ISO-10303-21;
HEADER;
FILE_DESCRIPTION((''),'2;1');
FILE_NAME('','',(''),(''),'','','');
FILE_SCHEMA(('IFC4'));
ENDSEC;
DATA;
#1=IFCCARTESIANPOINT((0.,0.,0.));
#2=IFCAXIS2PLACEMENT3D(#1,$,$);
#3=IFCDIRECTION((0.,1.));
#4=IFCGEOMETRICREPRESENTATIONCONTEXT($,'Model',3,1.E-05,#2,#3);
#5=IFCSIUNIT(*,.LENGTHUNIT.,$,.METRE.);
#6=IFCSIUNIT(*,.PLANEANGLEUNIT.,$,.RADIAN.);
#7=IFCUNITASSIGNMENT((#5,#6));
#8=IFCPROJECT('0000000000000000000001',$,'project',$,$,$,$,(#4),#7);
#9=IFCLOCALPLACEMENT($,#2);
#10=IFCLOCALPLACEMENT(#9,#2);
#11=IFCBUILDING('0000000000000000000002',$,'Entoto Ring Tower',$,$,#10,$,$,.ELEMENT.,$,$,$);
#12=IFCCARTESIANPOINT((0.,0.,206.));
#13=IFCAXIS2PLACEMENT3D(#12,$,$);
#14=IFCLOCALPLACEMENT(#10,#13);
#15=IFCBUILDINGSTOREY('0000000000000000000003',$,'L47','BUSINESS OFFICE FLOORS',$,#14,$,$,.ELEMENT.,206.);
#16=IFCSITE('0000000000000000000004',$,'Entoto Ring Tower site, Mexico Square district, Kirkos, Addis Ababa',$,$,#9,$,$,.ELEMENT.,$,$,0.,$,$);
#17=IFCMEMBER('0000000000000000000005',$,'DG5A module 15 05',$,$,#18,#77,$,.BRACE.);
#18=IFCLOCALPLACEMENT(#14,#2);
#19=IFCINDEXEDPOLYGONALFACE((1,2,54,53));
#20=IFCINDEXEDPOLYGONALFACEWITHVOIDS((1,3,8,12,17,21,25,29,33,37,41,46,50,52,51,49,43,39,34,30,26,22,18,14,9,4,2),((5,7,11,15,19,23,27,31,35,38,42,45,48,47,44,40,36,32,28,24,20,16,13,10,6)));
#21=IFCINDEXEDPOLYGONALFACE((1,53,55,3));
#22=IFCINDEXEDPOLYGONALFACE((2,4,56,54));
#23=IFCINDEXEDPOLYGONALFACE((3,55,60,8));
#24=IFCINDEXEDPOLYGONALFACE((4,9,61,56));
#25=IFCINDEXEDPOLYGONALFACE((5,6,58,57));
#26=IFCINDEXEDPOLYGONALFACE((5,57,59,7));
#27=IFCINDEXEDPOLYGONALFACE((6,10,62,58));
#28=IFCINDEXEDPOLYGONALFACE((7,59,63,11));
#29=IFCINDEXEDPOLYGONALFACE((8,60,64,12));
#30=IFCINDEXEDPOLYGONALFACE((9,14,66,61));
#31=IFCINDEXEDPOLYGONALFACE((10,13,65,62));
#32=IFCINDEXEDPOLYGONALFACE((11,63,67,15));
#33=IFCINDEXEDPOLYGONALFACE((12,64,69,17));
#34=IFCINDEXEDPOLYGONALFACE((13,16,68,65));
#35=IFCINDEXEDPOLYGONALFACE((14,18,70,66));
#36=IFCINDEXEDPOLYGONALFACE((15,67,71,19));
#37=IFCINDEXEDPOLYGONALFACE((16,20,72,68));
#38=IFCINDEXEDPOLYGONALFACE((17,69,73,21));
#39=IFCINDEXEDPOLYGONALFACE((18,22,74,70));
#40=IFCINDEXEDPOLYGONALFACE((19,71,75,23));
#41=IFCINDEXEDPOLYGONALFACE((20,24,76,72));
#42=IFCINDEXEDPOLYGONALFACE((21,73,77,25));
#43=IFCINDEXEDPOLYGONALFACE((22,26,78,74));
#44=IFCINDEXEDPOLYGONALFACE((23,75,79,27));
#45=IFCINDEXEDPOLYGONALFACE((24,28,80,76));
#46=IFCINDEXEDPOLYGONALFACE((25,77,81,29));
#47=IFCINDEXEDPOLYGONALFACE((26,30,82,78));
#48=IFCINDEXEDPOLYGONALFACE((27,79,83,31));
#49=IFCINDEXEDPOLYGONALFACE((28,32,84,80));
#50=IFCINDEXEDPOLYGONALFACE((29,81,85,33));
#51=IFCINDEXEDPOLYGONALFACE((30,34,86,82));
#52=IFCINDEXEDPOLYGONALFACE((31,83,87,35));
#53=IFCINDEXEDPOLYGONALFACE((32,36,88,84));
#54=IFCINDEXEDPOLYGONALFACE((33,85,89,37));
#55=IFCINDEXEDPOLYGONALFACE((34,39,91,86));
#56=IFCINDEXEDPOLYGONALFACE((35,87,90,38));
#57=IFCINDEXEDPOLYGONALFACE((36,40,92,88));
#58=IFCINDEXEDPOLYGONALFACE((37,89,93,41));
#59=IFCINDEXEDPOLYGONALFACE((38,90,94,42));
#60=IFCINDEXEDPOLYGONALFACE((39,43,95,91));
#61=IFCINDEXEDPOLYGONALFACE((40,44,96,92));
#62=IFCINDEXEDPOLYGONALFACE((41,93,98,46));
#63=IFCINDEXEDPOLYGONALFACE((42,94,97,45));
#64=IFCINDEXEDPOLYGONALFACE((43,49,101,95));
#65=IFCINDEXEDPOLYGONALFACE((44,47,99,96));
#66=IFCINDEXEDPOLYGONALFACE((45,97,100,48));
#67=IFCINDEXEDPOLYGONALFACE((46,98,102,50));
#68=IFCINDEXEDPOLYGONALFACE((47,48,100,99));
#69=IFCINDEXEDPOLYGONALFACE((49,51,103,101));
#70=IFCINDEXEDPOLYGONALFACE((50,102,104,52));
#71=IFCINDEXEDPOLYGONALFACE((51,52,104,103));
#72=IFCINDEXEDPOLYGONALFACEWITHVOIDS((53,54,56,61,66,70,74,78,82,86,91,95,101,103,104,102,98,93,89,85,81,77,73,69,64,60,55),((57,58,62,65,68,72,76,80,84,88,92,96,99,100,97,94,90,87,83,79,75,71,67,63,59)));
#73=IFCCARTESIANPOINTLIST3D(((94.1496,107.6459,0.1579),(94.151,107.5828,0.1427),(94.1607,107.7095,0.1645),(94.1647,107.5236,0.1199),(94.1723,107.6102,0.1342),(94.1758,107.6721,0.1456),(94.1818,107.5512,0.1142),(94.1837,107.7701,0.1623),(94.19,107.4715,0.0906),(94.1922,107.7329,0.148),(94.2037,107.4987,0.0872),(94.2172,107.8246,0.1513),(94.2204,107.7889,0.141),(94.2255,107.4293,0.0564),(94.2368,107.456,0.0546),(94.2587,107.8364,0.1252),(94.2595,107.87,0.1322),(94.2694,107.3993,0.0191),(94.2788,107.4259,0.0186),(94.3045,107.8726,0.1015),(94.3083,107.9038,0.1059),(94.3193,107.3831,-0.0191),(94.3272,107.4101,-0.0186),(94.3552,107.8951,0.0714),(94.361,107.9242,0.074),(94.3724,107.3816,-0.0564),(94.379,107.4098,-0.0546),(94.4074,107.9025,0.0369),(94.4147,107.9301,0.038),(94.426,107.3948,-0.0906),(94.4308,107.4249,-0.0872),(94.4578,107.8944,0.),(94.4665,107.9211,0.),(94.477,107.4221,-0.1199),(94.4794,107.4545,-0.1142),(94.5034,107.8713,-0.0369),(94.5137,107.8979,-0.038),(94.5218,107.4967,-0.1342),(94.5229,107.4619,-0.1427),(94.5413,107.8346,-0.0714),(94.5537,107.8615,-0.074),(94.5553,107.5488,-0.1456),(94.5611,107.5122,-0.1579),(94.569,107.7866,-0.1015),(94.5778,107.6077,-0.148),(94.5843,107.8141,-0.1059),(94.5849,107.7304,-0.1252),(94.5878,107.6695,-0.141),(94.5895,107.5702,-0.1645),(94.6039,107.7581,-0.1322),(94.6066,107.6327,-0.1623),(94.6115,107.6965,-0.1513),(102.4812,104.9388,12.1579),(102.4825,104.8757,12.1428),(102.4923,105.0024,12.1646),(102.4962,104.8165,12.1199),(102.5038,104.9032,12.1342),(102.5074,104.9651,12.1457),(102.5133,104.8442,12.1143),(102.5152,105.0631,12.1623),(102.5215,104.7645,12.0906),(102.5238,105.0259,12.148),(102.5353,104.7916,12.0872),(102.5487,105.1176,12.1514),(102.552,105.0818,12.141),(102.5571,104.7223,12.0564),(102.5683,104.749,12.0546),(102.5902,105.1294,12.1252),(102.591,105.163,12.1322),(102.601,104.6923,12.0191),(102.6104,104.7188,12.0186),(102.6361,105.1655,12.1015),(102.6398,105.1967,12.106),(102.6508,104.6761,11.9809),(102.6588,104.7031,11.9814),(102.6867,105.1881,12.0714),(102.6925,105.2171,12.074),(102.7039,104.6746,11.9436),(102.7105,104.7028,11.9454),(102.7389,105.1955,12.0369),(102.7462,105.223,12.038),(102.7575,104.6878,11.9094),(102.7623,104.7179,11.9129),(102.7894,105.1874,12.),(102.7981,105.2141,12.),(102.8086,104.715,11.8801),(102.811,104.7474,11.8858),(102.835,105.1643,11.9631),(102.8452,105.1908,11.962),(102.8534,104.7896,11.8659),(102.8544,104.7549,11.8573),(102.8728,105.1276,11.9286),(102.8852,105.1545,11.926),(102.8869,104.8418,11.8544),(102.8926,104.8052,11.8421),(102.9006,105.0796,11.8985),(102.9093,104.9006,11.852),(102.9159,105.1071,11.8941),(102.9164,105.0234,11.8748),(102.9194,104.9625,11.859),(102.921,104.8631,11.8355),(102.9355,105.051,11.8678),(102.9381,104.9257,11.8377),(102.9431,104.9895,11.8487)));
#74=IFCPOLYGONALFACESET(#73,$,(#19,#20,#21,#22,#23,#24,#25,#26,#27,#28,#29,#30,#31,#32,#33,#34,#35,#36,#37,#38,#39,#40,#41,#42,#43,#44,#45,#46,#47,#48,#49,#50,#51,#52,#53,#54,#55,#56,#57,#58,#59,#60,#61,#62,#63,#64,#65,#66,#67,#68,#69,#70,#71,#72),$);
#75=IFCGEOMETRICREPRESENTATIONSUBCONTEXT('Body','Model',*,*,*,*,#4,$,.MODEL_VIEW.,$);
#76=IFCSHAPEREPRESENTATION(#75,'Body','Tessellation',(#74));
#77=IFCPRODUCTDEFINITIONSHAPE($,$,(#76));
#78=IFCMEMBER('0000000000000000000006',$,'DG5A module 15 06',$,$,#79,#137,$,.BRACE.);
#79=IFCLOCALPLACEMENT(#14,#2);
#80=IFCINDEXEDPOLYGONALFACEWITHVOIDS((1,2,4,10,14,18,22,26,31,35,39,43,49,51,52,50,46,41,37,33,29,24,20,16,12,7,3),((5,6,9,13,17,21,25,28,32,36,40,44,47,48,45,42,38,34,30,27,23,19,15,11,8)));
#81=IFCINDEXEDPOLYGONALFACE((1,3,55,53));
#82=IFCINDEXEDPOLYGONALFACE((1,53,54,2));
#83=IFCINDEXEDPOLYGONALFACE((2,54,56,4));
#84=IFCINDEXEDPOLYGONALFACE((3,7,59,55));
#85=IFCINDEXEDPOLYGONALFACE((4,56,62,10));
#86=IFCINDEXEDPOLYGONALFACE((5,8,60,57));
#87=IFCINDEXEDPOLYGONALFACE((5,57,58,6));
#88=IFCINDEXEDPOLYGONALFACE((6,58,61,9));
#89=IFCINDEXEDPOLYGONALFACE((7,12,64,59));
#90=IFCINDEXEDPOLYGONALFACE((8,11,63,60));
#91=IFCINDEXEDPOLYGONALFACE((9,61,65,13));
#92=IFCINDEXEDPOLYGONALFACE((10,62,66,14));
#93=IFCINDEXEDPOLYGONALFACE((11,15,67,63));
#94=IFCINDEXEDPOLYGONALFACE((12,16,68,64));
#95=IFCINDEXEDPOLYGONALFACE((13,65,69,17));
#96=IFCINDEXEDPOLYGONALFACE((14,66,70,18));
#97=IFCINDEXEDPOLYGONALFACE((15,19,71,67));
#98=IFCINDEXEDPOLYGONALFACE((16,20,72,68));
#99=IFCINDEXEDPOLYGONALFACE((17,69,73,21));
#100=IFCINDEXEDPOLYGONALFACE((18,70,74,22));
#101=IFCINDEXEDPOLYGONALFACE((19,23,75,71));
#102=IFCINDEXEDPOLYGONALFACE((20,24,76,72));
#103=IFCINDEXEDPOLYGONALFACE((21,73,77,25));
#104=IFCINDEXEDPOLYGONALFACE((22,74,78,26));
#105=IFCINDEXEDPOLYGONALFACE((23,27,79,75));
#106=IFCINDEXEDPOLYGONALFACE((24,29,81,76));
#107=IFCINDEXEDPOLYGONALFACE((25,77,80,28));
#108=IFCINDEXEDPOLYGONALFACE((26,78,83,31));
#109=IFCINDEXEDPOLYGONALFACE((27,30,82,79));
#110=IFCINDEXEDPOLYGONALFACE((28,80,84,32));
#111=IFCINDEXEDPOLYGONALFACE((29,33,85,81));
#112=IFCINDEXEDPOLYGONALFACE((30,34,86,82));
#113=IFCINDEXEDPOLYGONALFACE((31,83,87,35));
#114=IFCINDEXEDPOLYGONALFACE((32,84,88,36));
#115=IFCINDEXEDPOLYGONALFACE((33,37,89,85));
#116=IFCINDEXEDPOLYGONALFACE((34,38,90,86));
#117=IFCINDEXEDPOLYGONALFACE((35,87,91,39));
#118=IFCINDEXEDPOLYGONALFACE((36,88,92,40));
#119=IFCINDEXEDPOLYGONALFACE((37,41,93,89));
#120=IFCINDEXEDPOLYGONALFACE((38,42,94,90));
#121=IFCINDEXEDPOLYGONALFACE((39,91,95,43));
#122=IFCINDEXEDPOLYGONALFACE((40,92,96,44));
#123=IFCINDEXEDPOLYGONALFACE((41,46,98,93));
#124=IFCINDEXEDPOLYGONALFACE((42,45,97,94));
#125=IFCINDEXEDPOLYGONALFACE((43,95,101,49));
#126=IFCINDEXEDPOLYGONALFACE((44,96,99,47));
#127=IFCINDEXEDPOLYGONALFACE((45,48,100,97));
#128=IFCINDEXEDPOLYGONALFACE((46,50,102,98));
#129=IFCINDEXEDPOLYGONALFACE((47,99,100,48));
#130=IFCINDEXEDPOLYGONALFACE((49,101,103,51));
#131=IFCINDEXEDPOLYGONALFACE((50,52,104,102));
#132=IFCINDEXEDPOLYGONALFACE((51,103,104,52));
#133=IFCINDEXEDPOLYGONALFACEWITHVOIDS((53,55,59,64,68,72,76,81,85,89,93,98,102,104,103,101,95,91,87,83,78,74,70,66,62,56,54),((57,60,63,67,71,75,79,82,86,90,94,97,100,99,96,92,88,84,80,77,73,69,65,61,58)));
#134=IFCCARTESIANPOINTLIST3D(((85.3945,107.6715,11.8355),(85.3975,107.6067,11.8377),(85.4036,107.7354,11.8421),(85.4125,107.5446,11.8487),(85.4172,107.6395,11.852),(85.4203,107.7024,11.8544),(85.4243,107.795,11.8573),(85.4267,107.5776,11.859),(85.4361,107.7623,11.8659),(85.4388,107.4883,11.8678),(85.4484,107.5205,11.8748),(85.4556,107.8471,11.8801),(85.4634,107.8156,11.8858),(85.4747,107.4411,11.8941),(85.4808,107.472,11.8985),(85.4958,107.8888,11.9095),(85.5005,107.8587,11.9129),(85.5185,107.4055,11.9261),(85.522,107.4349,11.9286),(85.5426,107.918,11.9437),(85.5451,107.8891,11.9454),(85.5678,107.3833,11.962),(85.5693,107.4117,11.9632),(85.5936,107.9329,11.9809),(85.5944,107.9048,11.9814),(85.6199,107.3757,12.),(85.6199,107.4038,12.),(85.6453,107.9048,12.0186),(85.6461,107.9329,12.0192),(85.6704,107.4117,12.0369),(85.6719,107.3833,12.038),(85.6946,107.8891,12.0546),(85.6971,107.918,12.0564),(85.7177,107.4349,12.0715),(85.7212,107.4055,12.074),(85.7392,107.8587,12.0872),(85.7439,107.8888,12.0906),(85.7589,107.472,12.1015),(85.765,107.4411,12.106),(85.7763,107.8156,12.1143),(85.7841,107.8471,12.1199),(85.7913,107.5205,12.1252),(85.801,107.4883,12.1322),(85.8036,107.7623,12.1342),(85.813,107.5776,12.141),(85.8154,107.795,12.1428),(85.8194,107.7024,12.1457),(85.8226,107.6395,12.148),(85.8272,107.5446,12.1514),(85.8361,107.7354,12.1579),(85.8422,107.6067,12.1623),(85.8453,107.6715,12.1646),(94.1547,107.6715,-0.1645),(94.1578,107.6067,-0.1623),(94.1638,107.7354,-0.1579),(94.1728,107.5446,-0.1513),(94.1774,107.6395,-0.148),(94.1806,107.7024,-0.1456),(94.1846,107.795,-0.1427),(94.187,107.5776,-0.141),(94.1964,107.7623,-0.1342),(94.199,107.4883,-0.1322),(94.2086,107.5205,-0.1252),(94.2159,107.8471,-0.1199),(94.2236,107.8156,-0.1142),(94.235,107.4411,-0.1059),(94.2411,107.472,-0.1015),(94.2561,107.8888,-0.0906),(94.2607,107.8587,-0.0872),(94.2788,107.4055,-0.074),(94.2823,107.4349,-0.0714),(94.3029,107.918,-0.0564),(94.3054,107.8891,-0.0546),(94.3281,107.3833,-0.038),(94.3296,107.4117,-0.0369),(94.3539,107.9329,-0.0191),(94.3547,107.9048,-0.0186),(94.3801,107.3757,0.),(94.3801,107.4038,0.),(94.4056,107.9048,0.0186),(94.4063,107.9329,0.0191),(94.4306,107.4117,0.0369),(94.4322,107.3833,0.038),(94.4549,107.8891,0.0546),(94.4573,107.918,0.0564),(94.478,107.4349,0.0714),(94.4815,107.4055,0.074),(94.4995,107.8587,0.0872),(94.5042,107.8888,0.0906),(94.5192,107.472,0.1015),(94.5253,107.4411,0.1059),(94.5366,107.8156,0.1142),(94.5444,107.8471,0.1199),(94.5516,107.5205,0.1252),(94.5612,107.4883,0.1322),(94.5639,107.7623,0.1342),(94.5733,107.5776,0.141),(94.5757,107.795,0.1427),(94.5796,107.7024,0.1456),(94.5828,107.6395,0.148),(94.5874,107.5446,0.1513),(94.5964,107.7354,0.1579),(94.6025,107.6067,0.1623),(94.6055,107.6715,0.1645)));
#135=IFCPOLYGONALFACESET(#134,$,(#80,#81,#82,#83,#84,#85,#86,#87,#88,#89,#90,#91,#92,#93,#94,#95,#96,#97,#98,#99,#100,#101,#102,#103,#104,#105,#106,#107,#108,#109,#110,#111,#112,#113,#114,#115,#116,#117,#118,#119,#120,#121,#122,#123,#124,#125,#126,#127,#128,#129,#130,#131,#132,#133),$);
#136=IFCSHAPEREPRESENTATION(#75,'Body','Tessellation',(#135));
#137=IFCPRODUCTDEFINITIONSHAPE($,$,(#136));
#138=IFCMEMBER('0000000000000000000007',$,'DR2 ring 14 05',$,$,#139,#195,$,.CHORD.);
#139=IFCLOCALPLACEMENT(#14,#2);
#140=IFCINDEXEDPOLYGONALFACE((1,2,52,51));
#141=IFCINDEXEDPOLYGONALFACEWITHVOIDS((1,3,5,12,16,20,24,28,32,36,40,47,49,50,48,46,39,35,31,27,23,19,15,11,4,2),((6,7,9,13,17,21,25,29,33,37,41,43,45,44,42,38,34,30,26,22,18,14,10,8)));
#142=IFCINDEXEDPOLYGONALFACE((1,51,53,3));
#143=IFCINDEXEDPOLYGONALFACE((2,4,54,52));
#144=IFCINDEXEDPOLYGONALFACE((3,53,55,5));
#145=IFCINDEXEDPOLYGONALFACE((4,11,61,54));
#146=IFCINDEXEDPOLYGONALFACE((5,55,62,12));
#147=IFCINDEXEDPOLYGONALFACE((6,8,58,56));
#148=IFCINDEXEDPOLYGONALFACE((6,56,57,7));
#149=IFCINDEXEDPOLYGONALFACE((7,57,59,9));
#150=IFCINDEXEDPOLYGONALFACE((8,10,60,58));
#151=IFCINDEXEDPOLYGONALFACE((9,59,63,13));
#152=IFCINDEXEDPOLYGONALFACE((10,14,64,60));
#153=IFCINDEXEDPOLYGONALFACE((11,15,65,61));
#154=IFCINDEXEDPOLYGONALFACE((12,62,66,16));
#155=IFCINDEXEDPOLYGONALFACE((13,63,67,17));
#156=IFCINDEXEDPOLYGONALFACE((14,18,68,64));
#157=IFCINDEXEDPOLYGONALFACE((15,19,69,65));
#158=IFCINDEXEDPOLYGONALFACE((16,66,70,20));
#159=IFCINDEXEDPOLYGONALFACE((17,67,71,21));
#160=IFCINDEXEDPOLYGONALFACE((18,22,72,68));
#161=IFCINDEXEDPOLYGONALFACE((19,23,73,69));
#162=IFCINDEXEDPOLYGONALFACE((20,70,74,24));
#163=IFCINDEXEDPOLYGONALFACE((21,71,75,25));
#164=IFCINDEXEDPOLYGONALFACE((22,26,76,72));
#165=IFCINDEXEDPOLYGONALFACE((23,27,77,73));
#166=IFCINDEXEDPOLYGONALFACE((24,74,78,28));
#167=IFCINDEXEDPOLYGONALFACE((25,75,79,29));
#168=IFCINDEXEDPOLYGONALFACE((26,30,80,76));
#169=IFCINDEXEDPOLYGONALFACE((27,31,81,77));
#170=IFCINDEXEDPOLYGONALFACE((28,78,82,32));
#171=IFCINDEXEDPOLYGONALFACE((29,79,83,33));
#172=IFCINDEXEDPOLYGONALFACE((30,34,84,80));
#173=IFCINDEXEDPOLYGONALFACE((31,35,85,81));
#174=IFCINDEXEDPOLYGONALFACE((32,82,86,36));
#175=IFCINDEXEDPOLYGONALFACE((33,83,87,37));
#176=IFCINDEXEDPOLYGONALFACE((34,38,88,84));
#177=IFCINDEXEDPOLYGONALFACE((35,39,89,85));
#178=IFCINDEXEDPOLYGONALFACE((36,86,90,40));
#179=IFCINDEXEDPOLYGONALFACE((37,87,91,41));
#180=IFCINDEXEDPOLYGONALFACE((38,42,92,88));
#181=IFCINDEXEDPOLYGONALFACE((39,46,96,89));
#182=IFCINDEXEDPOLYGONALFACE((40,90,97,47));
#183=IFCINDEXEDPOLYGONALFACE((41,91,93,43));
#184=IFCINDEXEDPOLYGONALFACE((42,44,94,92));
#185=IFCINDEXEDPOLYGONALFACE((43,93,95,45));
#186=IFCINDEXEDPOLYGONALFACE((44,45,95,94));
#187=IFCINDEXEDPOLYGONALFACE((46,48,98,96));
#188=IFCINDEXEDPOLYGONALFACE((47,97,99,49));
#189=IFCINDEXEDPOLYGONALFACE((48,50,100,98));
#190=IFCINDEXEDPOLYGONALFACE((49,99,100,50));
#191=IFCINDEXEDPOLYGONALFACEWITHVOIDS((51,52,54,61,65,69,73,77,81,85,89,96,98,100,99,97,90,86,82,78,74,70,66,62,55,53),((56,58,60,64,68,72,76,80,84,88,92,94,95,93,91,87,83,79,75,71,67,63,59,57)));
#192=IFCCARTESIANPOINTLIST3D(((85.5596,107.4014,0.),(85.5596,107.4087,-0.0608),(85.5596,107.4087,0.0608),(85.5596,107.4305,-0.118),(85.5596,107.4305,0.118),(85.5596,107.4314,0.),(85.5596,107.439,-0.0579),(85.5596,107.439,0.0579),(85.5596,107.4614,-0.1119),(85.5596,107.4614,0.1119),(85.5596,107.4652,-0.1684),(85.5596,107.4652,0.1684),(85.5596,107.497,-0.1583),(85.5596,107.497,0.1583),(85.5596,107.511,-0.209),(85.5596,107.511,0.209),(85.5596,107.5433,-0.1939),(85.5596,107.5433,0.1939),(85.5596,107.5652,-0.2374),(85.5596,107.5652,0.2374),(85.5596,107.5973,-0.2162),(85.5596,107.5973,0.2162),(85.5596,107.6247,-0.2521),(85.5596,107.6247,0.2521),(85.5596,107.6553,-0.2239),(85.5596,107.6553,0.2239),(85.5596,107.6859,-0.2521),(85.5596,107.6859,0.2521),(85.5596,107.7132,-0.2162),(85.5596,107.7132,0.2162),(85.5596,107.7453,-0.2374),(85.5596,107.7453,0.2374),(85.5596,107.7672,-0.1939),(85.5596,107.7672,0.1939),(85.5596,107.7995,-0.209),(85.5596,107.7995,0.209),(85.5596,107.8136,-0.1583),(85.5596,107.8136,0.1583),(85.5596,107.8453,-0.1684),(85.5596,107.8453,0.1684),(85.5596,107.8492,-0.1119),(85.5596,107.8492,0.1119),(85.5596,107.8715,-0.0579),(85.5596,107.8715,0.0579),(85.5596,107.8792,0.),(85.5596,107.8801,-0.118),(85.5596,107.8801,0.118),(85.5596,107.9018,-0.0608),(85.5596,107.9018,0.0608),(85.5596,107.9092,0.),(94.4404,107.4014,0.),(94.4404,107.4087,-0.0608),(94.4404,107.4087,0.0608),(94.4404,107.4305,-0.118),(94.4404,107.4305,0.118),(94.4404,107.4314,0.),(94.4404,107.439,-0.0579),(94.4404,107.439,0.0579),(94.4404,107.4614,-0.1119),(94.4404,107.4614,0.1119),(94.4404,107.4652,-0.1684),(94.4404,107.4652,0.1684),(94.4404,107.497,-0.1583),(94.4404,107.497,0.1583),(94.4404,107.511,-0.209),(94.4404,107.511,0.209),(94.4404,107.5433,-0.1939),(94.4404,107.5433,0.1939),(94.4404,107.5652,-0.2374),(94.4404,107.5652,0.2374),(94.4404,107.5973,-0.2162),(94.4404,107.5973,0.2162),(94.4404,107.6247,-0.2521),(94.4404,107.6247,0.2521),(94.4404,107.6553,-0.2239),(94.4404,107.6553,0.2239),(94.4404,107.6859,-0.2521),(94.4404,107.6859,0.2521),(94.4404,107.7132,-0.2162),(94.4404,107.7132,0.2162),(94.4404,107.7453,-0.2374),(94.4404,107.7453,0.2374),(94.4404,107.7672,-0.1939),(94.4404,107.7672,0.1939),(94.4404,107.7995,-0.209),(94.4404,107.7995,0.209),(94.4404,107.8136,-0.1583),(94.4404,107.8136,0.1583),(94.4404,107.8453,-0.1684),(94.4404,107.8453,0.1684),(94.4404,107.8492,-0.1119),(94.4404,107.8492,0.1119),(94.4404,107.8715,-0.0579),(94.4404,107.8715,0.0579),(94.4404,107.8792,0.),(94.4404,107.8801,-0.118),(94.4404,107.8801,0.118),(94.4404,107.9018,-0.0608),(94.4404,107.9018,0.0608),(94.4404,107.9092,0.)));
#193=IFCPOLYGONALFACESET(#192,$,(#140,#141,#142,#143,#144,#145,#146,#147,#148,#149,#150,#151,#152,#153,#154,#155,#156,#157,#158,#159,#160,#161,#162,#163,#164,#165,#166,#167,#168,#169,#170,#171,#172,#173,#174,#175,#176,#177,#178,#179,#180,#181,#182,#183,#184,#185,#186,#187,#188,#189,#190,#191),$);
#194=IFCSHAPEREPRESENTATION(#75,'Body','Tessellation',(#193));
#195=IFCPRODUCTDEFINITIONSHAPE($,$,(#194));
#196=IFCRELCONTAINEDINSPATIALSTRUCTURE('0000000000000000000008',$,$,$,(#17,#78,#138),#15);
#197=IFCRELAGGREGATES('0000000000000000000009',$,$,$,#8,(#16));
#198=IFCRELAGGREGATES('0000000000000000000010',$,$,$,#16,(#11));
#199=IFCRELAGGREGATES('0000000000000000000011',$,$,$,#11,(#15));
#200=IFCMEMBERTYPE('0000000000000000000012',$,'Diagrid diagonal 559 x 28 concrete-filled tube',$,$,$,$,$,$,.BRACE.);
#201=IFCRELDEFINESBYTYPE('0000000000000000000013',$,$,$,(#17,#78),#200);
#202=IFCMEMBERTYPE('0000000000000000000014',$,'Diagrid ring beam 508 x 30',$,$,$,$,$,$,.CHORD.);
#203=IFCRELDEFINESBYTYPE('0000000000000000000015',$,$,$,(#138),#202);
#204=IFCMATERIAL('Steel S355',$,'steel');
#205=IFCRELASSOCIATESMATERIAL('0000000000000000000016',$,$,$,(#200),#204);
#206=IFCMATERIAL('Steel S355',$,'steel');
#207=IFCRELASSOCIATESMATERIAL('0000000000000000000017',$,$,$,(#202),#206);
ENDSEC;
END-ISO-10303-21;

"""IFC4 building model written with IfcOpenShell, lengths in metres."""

from ifc_helpers import new_model, si_unit, direction, frame, origin, origin_2d, place, context, subcontext, project, spatial, circle, hollow_circle, extrude, material, material_profile, profile_set, type_object, element, save


model = new_model("IFC4")

# Units and contexts
model_context = context("Model", 3, precision=1e-05, world=origin(), true_north=direction((0.0, 1.0)))
body_context = subcontext(model_context, "Body", "Model", "MODEL_VIEW")
ifc_project = project(units=[si_unit("LENGTHUNIT", "METRE"), si_unit("PLANEANGLEUNIT", "RADIAN")], contexts=[model_context])

# Site, building, storey
site_placement = place(None, origin())
site = spatial("IfcSite", under=ifc_project, at=site_placement, Name="Entoto Ring Tower site, Mexico Square district, Kirkos, Addis Ababa", CompositionType="ELEMENT", RefElevation=0.0)
building_placement = place(site_placement, origin())
building = spatial("IfcBuilding", under=site, at=building_placement, Name="Entoto Ring Tower", CompositionType="ELEMENT")
storey_placement = place(building_placement, frame((0.0, 0.0, 206.0)))
storey = spatial("IfcBuildingStorey", under=building, at=storey_placement, Name="L47", Description="BUSINESS OFFICE FLOORS", CompositionType="ELEMENT", Elevation=206.0)

# Members
ifc_material_1 = material(Name="Steel S355", Category="steel")
ifc_material_profile_1 = material_profile(ifc_material_1, hollow_circle(Radius=0.2795, WallThickness=0.0281, at=origin_2d()), Name="CHS 559 x 28")
ifc_material_2 = material(Name="Concrete C60/75", Category="concrete")
ifc_material_profile_2 = material_profile(ifc_material_2, circle(Radius=0.2515, at=origin_2d()), Name="Concrete C60/75 infill")
ifc_profile_set_1 = profile_set([ifc_material_profile_1, ifc_material_profile_2], Name="Steel S355")
member_type_1 = type_object("IfcMemberType", Name="Diagrid diagonal 559 x 28 concrete-filled tube", PredefinedType="BRACE", material=ifc_profile_set_1)
for number, where, z_axis, x_axis, name in (
    (1, (94.3801, 107.6553, 0.0), (0.560767, -0.182201, 0.807678), (0.309012, 0.951058, 0.0), "DG5A module 15 05"),
    (2, (94.3801, 107.6553, 0.0), (-0.589623, 0.0, 0.807679), (0.0, -1.0, 0.0), "DG5A module 15 06"),
):
    element("IfcMember", number, at=place(storey_placement, frame(where, z_axis=z_axis, x_axis=x_axis)), inside=storey, type_object=member_type_1, Name=name, PredefinedType="BRACE", context=body_context, shape_type="SweptSolid", body=[
        extrude(hollow_circle(Radius=0.2795, WallThickness=0.0281, at=origin_2d()), origin(), (0.0, 0.0, 1.0), 14.8574),
    ])
ifc_material_3 = material(Name="Steel S355", Category="steel")
ifc_material_profile_3 = material_profile(ifc_material_3, hollow_circle(Radius=0.2539, WallThickness=0.03, at=origin_2d()), Name="CHS 508 x 30")
ifc_material_4 = material(Name="Concrete C60/75", Category="concrete")
ifc_material_profile_4 = material_profile(ifc_material_4, circle(Radius=0.2241, at=origin_2d()), Name="Concrete C60/75 infill")
ifc_profile_set_2 = profile_set([ifc_material_profile_3, ifc_material_profile_4], Name="Steel S355")
member_type_2 = type_object("IfcMemberType", Name="Diagrid ring beam 508 x 30", PredefinedType="CHORD", material=ifc_profile_set_2)
member_1_placement = place(storey_placement, frame((94.4404, 107.6553, 0.0), z_axis=(-1.0, 0.0, 0.0), x_axis=(0.0, -1.0, 0.0)))
element("IfcMember", 3, at=member_1_placement, inside=storey, type_object=member_type_2, Name="DR2 ring 14 05", PredefinedType="CHORD", context=body_context, shape_type="SweptSolid", body=[
    extrude(hollow_circle(Radius=0.2539, WallThickness=0.03, at=origin_2d()), origin(), (0.0, 0.0, 1.0), 8.8809),
])

save(model, "model.ifc")
